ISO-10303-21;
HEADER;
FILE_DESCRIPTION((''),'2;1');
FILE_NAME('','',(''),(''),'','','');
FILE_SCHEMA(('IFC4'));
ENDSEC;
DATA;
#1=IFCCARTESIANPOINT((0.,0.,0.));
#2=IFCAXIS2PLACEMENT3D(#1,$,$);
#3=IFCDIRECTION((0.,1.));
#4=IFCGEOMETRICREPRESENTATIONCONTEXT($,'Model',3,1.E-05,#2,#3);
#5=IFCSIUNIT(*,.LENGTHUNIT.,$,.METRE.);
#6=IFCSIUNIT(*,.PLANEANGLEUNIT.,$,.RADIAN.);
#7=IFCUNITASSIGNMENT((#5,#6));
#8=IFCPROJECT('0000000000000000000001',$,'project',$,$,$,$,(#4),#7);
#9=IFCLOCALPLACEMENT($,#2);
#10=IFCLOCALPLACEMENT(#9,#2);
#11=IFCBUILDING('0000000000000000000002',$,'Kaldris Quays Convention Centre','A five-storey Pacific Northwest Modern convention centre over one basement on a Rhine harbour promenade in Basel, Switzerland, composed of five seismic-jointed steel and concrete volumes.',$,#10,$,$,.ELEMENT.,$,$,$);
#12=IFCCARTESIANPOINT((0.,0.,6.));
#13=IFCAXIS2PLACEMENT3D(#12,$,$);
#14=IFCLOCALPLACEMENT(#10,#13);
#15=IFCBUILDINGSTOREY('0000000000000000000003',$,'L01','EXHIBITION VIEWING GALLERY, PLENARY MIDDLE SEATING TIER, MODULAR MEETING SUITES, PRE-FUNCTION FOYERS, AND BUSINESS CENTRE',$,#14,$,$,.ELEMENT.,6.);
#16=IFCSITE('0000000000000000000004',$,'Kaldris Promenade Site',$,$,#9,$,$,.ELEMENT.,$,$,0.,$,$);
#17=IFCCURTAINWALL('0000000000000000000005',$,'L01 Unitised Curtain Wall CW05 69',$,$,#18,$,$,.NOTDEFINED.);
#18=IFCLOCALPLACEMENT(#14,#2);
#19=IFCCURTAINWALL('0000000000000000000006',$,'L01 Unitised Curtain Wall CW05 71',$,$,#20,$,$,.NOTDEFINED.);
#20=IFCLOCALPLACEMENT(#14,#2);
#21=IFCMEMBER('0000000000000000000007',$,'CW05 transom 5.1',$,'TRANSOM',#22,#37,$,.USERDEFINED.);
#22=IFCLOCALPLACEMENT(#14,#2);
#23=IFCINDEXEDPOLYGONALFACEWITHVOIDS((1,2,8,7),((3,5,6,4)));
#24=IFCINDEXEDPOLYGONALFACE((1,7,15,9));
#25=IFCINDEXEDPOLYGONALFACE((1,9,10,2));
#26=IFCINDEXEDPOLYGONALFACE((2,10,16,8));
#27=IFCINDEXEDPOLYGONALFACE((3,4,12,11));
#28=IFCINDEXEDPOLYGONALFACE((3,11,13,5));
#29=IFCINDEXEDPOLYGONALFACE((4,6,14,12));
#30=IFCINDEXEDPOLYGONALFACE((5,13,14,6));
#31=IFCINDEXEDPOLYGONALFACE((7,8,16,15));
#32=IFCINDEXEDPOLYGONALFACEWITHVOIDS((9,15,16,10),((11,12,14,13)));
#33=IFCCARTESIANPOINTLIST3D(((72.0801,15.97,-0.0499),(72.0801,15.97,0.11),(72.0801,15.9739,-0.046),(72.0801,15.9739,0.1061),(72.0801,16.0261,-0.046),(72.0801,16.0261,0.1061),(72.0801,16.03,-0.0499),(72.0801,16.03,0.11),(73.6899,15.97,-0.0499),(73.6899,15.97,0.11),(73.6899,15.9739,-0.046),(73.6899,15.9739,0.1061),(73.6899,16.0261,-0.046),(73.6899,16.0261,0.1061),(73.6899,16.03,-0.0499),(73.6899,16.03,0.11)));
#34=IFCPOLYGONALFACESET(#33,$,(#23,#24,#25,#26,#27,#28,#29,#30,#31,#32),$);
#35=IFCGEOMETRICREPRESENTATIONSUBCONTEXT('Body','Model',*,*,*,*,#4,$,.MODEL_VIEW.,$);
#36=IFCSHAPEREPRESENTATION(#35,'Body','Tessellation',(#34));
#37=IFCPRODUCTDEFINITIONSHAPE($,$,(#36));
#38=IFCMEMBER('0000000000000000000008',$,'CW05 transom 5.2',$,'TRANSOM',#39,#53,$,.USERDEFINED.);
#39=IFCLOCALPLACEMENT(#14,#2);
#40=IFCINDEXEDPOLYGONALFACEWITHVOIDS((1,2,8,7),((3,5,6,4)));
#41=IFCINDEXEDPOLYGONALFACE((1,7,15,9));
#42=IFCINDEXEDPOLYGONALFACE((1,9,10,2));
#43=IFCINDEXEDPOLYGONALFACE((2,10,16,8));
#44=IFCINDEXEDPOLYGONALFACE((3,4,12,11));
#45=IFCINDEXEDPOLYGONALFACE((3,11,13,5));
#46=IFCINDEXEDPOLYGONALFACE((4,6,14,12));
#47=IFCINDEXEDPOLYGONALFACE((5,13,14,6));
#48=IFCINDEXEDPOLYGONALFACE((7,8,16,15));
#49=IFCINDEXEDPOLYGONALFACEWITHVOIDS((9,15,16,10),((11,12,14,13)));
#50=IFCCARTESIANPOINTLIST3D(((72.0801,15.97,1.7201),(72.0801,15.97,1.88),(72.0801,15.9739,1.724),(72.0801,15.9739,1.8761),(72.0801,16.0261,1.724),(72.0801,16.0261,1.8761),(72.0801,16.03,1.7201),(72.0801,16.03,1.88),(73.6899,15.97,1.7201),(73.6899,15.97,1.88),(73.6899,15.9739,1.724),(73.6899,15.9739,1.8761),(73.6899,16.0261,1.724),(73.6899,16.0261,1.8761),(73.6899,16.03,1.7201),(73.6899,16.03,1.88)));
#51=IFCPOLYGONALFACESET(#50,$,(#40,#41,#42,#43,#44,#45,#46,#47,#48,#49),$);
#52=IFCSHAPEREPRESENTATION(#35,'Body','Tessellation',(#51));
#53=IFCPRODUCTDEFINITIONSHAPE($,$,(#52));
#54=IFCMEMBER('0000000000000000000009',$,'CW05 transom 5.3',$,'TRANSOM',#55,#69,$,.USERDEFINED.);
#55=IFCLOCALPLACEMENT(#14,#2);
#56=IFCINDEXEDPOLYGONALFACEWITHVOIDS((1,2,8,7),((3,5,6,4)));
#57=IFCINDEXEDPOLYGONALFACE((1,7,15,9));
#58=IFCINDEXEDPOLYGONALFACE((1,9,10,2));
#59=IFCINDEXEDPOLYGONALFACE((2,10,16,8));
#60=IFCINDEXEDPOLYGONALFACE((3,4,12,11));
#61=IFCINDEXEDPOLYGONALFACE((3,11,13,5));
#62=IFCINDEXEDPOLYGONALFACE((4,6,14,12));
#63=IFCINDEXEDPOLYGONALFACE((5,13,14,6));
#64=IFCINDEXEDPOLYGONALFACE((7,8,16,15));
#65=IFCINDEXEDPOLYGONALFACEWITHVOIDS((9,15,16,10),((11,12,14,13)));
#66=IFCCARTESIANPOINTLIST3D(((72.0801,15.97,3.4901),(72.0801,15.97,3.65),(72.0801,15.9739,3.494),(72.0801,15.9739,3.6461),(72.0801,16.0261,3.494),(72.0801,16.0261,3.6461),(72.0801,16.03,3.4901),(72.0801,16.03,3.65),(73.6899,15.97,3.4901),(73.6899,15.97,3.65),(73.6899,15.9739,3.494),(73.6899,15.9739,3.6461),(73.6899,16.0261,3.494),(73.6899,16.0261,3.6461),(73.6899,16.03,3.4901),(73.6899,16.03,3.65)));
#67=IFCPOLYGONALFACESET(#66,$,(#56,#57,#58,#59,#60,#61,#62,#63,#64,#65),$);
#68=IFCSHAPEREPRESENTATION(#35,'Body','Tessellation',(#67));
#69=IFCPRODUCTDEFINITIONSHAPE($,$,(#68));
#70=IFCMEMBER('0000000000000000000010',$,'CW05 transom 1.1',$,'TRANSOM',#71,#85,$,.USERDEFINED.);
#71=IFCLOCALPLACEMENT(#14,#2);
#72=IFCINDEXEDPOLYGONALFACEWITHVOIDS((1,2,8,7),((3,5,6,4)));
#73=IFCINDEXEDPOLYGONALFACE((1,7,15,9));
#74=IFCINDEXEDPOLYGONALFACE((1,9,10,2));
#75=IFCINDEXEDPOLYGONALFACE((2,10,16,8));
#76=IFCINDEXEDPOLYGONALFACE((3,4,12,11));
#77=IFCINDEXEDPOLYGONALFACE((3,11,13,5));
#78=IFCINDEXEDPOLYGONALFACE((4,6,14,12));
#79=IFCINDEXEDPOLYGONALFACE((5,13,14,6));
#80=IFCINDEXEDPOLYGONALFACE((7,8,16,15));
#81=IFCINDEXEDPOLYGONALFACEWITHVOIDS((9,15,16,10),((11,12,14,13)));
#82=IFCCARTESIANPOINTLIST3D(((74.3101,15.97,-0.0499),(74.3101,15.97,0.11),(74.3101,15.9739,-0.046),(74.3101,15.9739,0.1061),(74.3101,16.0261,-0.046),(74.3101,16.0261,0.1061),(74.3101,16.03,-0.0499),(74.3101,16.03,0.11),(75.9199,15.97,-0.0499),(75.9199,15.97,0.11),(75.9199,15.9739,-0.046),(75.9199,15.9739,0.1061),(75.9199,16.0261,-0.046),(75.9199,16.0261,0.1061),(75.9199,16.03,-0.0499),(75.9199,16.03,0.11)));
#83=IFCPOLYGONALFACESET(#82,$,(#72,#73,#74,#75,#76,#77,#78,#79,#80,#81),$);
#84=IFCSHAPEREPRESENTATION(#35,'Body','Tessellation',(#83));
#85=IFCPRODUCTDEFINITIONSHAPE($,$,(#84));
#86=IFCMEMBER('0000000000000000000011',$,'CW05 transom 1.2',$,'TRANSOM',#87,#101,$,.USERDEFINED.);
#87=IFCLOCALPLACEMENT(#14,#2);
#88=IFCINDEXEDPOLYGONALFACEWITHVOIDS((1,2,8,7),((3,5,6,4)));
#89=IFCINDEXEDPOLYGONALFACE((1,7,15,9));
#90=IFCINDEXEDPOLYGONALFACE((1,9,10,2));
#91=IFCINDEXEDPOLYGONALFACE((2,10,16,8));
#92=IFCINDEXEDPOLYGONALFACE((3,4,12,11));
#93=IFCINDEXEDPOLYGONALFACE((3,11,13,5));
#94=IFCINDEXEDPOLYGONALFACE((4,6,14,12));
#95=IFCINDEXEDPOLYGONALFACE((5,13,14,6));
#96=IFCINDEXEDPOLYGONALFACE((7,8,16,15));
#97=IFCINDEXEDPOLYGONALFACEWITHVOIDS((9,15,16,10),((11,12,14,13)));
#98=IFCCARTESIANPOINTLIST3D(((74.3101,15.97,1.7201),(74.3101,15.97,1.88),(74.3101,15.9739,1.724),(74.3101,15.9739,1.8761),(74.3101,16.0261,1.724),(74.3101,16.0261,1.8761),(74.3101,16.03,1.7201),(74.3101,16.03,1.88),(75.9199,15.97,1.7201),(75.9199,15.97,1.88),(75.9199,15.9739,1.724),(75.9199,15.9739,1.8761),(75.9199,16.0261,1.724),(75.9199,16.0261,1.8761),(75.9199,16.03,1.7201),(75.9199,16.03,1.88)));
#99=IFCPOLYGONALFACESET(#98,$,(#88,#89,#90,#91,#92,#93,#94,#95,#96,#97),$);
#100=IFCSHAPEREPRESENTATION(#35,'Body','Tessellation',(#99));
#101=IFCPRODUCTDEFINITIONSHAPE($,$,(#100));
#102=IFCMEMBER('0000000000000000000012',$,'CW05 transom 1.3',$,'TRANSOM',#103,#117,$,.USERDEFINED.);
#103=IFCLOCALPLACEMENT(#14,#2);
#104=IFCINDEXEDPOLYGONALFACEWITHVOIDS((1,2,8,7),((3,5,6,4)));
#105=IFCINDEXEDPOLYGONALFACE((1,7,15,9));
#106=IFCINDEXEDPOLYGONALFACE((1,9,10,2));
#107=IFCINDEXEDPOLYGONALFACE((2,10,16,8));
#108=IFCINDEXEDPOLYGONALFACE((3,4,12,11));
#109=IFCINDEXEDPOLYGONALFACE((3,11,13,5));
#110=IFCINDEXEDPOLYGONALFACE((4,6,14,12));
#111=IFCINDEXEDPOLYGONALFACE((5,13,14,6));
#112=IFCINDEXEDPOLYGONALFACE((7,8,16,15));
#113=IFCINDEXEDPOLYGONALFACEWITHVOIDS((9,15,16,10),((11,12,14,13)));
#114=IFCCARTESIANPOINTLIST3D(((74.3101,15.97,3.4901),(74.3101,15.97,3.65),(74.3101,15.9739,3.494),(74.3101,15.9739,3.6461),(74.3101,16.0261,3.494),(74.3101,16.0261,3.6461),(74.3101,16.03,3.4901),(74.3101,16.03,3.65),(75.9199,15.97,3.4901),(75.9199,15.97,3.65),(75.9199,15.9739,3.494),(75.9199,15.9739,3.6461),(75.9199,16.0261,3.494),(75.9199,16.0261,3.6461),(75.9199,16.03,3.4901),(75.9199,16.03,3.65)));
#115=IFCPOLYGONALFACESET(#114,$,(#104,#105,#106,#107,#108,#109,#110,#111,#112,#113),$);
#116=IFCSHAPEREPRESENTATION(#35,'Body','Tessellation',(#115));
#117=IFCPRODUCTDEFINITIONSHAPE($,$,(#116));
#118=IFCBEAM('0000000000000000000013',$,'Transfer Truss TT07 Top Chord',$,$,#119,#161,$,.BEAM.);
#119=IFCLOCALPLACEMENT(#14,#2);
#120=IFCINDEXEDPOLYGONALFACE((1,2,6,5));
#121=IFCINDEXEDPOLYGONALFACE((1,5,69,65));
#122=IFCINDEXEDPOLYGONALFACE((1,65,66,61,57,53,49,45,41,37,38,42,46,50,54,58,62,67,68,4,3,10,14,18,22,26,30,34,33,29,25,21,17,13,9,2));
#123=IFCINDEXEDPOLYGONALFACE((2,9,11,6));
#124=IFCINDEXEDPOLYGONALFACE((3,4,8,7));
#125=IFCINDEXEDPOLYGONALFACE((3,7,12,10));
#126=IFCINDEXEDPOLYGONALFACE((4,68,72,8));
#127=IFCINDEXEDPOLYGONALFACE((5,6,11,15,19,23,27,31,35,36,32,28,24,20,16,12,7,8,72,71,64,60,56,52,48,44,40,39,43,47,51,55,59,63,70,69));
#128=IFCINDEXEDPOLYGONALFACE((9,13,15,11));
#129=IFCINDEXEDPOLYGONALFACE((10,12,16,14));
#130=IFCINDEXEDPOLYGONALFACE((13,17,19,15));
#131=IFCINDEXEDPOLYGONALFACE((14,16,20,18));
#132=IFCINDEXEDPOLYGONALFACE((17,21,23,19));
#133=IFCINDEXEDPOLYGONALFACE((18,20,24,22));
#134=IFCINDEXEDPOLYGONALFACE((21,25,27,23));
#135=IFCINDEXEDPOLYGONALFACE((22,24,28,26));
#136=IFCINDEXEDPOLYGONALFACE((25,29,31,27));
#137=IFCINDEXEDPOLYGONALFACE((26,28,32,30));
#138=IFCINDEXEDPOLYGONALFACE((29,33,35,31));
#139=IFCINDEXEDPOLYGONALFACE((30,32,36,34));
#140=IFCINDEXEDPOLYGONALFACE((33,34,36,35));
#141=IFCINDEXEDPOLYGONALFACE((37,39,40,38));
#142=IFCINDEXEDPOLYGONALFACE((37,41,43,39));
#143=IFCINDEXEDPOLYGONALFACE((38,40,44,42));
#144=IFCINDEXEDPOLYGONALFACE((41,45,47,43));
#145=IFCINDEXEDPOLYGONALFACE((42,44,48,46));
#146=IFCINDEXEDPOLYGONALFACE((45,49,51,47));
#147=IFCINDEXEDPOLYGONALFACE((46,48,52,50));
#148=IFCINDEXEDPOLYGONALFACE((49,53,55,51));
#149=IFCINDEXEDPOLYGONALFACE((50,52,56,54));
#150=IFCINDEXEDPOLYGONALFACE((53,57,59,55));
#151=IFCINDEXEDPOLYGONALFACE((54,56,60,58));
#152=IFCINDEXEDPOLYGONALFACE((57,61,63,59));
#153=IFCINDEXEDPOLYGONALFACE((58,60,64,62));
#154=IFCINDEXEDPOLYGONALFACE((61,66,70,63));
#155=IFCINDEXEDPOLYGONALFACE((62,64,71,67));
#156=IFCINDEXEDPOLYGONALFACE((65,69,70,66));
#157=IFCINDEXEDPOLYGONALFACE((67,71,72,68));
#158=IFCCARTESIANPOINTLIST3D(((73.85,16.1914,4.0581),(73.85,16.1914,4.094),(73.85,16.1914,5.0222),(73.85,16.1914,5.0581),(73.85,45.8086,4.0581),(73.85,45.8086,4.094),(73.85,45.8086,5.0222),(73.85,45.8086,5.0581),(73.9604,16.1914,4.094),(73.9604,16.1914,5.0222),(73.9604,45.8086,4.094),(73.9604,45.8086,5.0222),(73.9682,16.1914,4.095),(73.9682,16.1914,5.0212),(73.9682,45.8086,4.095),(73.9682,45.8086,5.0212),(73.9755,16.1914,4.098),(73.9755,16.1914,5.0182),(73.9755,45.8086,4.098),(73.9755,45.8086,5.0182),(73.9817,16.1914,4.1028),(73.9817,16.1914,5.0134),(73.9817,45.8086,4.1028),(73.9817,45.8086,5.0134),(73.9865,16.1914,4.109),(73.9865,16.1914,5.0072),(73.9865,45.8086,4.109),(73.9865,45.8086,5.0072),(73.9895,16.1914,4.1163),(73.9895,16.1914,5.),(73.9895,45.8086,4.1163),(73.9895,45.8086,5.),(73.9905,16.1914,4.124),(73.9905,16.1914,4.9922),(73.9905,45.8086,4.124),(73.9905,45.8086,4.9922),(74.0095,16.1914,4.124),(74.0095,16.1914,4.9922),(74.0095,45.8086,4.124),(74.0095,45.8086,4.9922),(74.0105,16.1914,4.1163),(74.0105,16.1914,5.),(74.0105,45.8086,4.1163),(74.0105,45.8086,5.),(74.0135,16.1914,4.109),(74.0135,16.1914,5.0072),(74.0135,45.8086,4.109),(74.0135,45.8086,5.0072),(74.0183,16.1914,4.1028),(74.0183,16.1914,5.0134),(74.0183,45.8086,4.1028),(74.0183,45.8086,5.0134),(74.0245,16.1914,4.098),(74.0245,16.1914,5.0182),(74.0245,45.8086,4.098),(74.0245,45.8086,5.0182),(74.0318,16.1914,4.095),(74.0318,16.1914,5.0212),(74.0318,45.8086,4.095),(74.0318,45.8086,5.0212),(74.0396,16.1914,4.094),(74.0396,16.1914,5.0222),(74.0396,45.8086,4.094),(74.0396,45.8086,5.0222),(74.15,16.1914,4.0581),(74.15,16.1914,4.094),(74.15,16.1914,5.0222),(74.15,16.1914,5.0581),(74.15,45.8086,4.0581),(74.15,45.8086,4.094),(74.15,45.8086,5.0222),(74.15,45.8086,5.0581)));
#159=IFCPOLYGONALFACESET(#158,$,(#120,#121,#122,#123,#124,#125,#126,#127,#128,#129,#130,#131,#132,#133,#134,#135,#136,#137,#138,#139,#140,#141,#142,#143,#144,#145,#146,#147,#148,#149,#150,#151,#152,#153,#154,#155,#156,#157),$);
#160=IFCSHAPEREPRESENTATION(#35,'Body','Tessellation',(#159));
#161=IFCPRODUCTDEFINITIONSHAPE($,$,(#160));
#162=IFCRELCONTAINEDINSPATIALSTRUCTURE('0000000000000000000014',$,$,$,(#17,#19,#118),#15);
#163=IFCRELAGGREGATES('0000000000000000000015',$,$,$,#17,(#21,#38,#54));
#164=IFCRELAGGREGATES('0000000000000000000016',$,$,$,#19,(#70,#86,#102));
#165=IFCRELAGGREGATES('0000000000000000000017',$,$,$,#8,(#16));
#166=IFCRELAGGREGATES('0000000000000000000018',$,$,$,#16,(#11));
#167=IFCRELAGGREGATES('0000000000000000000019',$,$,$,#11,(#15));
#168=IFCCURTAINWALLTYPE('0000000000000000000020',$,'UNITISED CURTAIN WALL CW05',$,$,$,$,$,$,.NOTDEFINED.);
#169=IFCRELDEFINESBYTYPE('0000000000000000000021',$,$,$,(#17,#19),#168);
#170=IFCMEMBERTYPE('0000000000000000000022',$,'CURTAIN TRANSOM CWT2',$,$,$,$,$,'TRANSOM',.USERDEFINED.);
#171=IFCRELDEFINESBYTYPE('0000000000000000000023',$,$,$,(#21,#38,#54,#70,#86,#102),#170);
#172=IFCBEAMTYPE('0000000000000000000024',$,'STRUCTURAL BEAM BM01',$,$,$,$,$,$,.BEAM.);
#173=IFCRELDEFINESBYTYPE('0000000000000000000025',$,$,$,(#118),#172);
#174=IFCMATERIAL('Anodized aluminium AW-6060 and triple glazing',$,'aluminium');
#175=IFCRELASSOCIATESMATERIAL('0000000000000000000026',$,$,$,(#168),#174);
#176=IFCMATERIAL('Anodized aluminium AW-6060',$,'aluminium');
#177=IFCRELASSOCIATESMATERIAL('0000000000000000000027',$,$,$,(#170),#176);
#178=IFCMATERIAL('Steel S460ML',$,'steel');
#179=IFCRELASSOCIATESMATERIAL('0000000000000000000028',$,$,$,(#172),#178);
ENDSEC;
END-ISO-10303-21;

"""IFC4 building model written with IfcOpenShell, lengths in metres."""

from ifc_helpers import new_model, si_unit, direction, frame, origin, origin_2d, place, context, subcontext, project, spatial, hollow_rectangle, i_section, extrude, material, material_profile, profile_set, type_object, element, aggregate, save


model = new_model("IFC4")

# Units and contexts
model_context = context("Model", 3, precision=1e-05, world=origin(), true_north=direction((0.0, 1.0)))
body_context = subcontext(model_context, "Body", "Model", "MODEL_VIEW")
ifc_project = project(units=[si_unit("LENGTHUNIT", "METRE"), si_unit("PLANEANGLEUNIT", "RADIAN")], contexts=[model_context])

# Site, building, storey
site_placement = place(None, origin())
site = spatial("IfcSite", under=ifc_project, at=site_placement, Name="Kaldris Promenade Site", CompositionType="ELEMENT", RefElevation=0.0)
building_placement = place(site_placement, origin())
building = spatial("IfcBuilding", under=site, at=building_placement, Name="Kaldris Quays Convention Centre", Description="A five-storey Pacific Northwest Modern convention centre over one basement on a Rhine harbour promenade in Basel, Switzerland, composed of five seismic-jointed steel and concrete volumes.", CompositionType="ELEMENT")
storey_placement = place(building_placement, frame((0.0, 0.0, 6.0)))
storey = spatial("IfcBuildingStorey", under=building, at=storey_placement, Name="L01", Description="EXHIBITION VIEWING GALLERY, PLENARY MIDDLE SEATING TIER, MODULAR MEETING SUITES, PRE-FUNCTION FOYERS, AND BUSINESS CENTRE", CompositionType="ELEMENT", Elevation=6.0)

# Shared definitions
ifc_material_1 = material(Name="Steel S460ML", Category="steel")

# Curtain walls
ifc_material_2 = material(Name="Anodized aluminium AW-6060 and triple glazing", Category="aluminium")
curtain_wall_type = type_object("IfcCurtainWallType", Name="UNITISED CURTAIN WALL CW05", PredefinedType="NOTDEFINED", material=ifc_material_2)
curtain_wall_1_placement = place(storey_placement, origin())
curtain_wall_1 = element("IfcCurtainWall", 1, at=curtain_wall_1_placement, inside=storey, type_object=curtain_wall_type, Name="L01 Unitised Curtain Wall CW05 69", PredefinedType="NOTDEFINED")
ifc_material_3 = material(Name="Anodized aluminium AW-6060", Category="aluminium")
curtain_wall_2_placement = place(storey_placement, origin())
curtain_wall_2 = element("IfcCurtainWall", 2, at=curtain_wall_2_placement, inside=storey, type_object=curtain_wall_type, Name="L01 Unitised Curtain Wall CW05 71", PredefinedType="NOTDEFINED")

# Members
ifc_material_profile_1 = material_profile(ifc_material_3, hollow_rectangle(XDim=0.0601, YDim=0.1599, WallThickness=0.0039, at=origin_2d()), Name="RHS 160x60x4")
ifc_profile_set_1 = profile_set([ifc_material_profile_1], Name="Anodized aluminium AW-6060")
member_type_1 = type_object("IfcMemberType", Name="CURTAIN TRANSOM CWT2", ElementType="TRANSOM", PredefinedType="USERDEFINED", material=ifc_profile_set_1)
member_1_placement = place(storey_placement, frame((72.0801, 16.0, 0.03), z_axis=(1.0, 0.0, 0.0), x_axis=(0.0, 1.0, 0.0)))
member_1 = element("IfcMember", 3, at=member_1_placement, type_object=member_type_1, Name="CW05 transom 5.1", ObjectType="TRANSOM", PredefinedType="USERDEFINED", context=body_context, shape_type="SweptSolid", body=[
    extrude(hollow_rectangle(XDim=0.0601, YDim=0.1599, WallThickness=0.0039, at=origin_2d()), origin(), (0.0, 0.0, 1.0), 1.6099),
])
member_2_placement = place(storey_placement, frame((72.0801, 16.0, 1.8), z_axis=(1.0, 0.0, 0.0), x_axis=(0.0, 1.0, 0.0)))
member_2 = element("IfcMember", 4, at=member_2_placement, type_object=member_type_1, Name="CW05 transom 5.2", ObjectType="TRANSOM", PredefinedType="USERDEFINED", context=body_context, shape_type="SweptSolid", body=[
    extrude(hollow_rectangle(XDim=0.0601, YDim=0.1599, WallThickness=0.0039, at=origin_2d()), origin(), (0.0, 0.0, 1.0), 1.6099),
])
member_3_placement = place(storey_placement, frame((72.0801, 16.0, 3.5701), z_axis=(1.0, 0.0, 0.0), x_axis=(0.0, 1.0, 0.0)))
member_3 = element("IfcMember", 5, at=member_3_placement, type_object=member_type_1, Name="CW05 transom 5.3", ObjectType="TRANSOM", PredefinedType="USERDEFINED", context=body_context, shape_type="SweptSolid", body=[
    extrude(hollow_rectangle(XDim=0.0601, YDim=0.1599, WallThickness=0.0039, at=origin_2d()), origin(), (0.0, 0.0, 1.0), 1.6099),
])
member_4_placement = place(storey_placement, frame((74.3101, 16.0, 0.03), z_axis=(1.0, 0.0, 0.0), x_axis=(0.0, 1.0, 0.0)))
member_4 = element("IfcMember", 6, at=member_4_placement, type_object=member_type_1, Name="CW05 transom 1.1", ObjectType="TRANSOM", PredefinedType="USERDEFINED", context=body_context, shape_type="SweptSolid", body=[
    extrude(hollow_rectangle(XDim=0.0601, YDim=0.1599, WallThickness=0.0039, at=origin_2d()), origin(), (0.0, 0.0, 1.0), 1.6099),
])
member_5_placement = place(storey_placement, frame((74.3101, 16.0, 1.8), z_axis=(1.0, 0.0, 0.0), x_axis=(0.0, 1.0, 0.0)))
member_5 = element("IfcMember", 7, at=member_5_placement, type_object=member_type_1, Name="CW05 transom 1.2", ObjectType="TRANSOM", PredefinedType="USERDEFINED", context=body_context, shape_type="SweptSolid", body=[
    extrude(hollow_rectangle(XDim=0.0601, YDim=0.1599, WallThickness=0.0039, at=origin_2d()), origin(), (0.0, 0.0, 1.0), 1.6099),
])
member_6_placement = place(storey_placement, frame((74.3101, 16.0, 3.5701), z_axis=(1.0, 0.0, 0.0), x_axis=(0.0, 1.0, 0.0)))
member_6 = element("IfcMember", 8, at=member_6_placement, type_object=member_type_1, Name="CW05 transom 1.3", ObjectType="TRANSOM", PredefinedType="USERDEFINED", context=body_context, shape_type="SweptSolid", body=[
    extrude(hollow_rectangle(XDim=0.0601, YDim=0.1599, WallThickness=0.0039, at=origin_2d()), origin(), (0.0, 0.0, 1.0), 1.6099),
])

# Beam
ifc_material_profile_2 = material_profile(ifc_material_1, i_section(OverallWidth=0.3, OverallDepth=1.0, WebThickness=0.019, FlangeThickness=0.0359, FilletRadius=0.03, at=origin_2d()), Name="HEB 1000")
ifc_profile_set_2 = profile_set([ifc_material_profile_2], Name="Steel S460ML")
beam_type_1 = type_object("IfcBeamType", Name="STRUCTURAL BEAM BM01", PredefinedType="BEAM", material=ifc_profile_set_2)
beam_1_placement = place(storey_placement, frame((74.0, 16.1914, 4.5581), z_axis=(0.0, 1.0, 0.0), x_axis=(-1.0, 0.0, 0.0)))
element("IfcBeam", 9, at=beam_1_placement, inside=storey, type_object=beam_type_1, Name="Transfer Truss TT07 Top Chord", PredefinedType="BEAM", context=body_context, shape_type="SweptSolid", body=[
    extrude(i_section(OverallWidth=0.3, OverallDepth=1.0, WebThickness=0.019, FlangeThickness=0.0359, FilletRadius=0.03, at=origin_2d()), origin(), (0.0, 0.0, 1.0), 29.6172),
])

aggregate(curtain_wall_1, [member_1, member_2, member_3])
aggregate(curtain_wall_2, [member_4, member_5, member_6])

save(model, "model.ifc")
